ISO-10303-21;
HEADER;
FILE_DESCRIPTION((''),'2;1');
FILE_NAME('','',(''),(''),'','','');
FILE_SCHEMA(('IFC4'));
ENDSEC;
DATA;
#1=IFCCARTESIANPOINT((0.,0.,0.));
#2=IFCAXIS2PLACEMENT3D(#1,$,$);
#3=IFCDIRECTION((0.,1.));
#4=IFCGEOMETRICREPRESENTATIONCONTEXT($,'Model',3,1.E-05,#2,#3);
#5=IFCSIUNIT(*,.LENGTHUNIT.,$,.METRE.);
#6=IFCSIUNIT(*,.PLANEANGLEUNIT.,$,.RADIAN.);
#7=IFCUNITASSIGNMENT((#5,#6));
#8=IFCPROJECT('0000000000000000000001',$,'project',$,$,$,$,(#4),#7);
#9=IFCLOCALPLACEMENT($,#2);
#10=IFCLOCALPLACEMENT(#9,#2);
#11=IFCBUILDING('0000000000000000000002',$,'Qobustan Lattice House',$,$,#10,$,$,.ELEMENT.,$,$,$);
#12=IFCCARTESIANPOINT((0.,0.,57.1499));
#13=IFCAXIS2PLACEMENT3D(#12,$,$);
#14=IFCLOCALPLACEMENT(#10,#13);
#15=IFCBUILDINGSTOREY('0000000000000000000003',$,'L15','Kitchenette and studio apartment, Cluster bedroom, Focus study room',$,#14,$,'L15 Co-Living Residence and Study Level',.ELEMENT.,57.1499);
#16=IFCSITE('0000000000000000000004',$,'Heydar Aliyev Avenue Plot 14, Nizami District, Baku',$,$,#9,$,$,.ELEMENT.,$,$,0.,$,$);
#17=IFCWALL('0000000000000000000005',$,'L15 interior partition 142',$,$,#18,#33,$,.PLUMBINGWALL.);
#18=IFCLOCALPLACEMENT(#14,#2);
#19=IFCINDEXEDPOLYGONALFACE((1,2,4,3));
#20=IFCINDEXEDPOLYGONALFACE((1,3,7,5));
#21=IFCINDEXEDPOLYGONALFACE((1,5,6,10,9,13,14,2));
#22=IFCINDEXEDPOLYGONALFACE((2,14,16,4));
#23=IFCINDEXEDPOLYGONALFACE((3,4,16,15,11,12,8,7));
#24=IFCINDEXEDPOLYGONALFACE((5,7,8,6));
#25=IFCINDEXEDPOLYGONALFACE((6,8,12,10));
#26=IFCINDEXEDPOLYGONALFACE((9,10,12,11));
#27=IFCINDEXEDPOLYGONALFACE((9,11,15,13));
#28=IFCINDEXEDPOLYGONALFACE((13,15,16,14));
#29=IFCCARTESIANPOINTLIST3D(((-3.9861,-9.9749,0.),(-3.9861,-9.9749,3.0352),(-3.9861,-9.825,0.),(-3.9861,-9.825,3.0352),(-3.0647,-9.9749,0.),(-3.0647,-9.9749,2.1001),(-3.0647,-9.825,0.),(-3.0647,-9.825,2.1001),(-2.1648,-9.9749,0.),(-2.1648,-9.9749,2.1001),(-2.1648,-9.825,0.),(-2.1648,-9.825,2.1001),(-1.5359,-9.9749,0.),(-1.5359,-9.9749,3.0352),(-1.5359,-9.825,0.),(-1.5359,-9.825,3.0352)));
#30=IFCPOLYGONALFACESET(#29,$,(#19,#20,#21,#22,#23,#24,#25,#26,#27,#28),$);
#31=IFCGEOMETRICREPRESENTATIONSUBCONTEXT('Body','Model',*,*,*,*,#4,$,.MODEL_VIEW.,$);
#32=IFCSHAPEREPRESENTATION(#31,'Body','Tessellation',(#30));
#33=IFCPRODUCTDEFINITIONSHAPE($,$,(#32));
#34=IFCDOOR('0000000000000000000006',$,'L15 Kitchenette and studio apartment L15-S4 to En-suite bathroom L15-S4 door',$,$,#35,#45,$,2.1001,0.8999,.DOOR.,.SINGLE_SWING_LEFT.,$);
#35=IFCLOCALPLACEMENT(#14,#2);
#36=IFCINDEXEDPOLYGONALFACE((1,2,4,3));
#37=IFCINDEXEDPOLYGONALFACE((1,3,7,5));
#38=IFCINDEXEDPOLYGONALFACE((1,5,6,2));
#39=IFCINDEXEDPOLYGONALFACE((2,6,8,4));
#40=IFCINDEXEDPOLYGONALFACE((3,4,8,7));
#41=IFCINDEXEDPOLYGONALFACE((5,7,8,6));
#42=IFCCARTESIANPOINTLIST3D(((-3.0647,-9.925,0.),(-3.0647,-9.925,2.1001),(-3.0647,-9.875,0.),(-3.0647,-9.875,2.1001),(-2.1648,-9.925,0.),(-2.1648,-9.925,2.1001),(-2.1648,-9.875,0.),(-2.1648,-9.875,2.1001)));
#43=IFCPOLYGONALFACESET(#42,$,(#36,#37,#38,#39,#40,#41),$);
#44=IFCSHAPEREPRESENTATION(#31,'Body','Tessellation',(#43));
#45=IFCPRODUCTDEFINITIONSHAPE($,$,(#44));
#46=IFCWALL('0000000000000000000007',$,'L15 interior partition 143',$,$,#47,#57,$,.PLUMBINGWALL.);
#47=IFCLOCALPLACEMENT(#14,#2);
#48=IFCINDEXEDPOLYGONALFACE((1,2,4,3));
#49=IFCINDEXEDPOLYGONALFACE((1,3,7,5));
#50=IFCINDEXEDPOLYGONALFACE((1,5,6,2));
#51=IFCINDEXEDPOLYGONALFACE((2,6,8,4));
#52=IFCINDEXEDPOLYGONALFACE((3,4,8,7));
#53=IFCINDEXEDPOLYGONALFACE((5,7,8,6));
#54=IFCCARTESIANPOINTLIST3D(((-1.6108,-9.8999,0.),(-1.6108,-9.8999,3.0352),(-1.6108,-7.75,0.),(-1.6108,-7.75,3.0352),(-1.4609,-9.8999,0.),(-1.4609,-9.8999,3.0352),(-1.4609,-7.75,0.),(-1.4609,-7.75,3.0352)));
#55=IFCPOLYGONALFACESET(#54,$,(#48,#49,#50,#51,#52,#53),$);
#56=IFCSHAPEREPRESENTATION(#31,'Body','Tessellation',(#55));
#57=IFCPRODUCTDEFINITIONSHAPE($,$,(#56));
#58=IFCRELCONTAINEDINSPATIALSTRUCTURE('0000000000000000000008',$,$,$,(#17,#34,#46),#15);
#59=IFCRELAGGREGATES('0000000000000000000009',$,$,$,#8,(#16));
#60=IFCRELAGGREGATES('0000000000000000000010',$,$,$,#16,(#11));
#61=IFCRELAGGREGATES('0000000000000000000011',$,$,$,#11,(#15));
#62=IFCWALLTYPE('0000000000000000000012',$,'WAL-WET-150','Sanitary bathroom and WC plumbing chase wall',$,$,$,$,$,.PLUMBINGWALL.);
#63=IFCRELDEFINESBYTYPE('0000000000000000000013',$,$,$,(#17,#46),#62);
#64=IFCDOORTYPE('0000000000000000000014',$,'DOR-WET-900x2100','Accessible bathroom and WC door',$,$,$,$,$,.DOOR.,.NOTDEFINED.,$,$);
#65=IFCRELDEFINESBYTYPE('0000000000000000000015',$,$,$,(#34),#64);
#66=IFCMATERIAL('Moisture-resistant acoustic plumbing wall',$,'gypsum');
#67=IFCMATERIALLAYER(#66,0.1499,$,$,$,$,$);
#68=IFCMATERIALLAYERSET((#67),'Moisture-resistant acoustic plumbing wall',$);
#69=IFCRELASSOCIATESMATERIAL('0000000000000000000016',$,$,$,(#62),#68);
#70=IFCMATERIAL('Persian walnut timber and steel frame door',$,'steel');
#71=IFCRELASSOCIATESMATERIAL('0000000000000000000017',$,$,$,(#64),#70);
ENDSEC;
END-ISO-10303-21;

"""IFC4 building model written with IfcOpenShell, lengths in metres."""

from ifc_helpers import new_model, si_unit, direction, frame, frame_2d, origin, place, context, subcontext, project, spatial, rectangle, extrude, material, layer, layer_set, type_object, element, fill, save


model = new_model("IFC4")

# Units and contexts
model_context = context("Model", 3, precision=1e-05, world=origin(), true_north=direction((0.0, 1.0)))
body_context = subcontext(model_context, "Body", "Model", "MODEL_VIEW")
ifc_project = project(units=[si_unit("LENGTHUNIT", "METRE"), si_unit("PLANEANGLEUNIT", "RADIAN")], contexts=[model_context])

# Site, building, storey
site_placement = place(None, origin())
site = spatial("IfcSite", under=ifc_project, at=site_placement, Name="Heydar Aliyev Avenue Plot 14, Nizami District, Baku", CompositionType="ELEMENT", RefElevation=0.0)
building_placement = place(site_placement, origin())
building = spatial("IfcBuilding", under=site, at=building_placement, Name="Qobustan Lattice House", CompositionType="ELEMENT")
storey_placement = place(building_placement, frame((0.0, 0.0, 57.1499)))
storey = spatial("IfcBuildingStorey", under=building, at=storey_placement, Name="L15", Description="Kitchenette and studio apartment, Cluster bedroom, Focus study room", LongName="L15 Co-Living Residence and Study Level", CompositionType="ELEMENT", Elevation=57.1499)

# Shared definitions
ifc_material_1 = material(Name="Moisture-resistant acoustic plumbing wall", Category="gypsum")
ifc_layer_1 = layer(ifc_material_1, 0.1499)
ifc_layer_set_1 = layer_set([ifc_layer_1], Name="Moisture-resistant acoustic plumbing wall")
wall_type_1 = type_object("IfcWallType", Name="WAL-WET-150", Description="Sanitary bathroom and WC plumbing chase wall", PredefinedType="PLUMBINGWALL", material=ifc_layer_set_1)

# Shared definitions
ifc_material_2 = material(Name="Persian walnut timber and steel frame door", Category="steel")
door_type_1 = type_object("IfcDoorType", Name="DOR-WET-900x2100", Description="Accessible bathroom and WC door", OperationType="NOTDEFINED", PredefinedType="DOOR", material=ifc_material_2)

# Wall, opening, door
wall_1_placement = place(storey_placement, frame((-3.9861, -9.8999, 0.0), z_axis=(0.0, 0.0, 1.0), x_axis=(1.0, 0.0, 0.0)))
wall_1 = element("IfcWall", 1, at=wall_1_placement, inside=storey, type_object=wall_type_1, Name="L15 interior partition 142", PredefinedType="PLUMBINGWALL", context=body_context, shape_type="SweptSolid", body=[
    extrude(rectangle(XDim=2.4502, YDim=0.1499, at=frame_2d((1.2251, 0.0))), origin(), (0.0, 0.0, 1.0), 3.0352),
])
opening_1_placement = place(wall_1_placement, frame((0.9214, 0.0, 0.0)))
opening_1 = element("IfcOpeningElement", 2, at=opening_1_placement, cuts=wall_1, PredefinedType="OPENING", context=body_context, shape_type="SweptSolid", body=[
    extrude(rectangle(XDim=0.8999, YDim=2.1001, at=frame_2d((0.45, 1.05))), frame((0.0, 0.085, 0.0), z_axis=(0.0, -1.0, 0.0), x_axis=(1.0, 0.0, 0.0)), (0.0, 0.0, 1.0), 0.1699),
])
door_1_placement = place(opening_1_placement, origin())
door_1 = element("IfcDoor", 3, at=door_1_placement, inside=storey, type_object=door_type_1, Name="L15 Kitchenette and studio apartment L15-S4 to En-suite bathroom L15-S4 door", OperationType="SINGLE_SWING_LEFT", OverallHeight=2.1001, OverallWidth=0.8999, PredefinedType="DOOR", context=body_context, shape_type="SweptSolid", body=[
    extrude(rectangle(XDim=0.8999, YDim=2.1001, at=frame_2d((0.45, 1.05))), frame((0.0, 0.0249, 0.0), z_axis=(0.0, -1.0, 0.0), x_axis=(1.0, 0.0, 0.0)), (0.0, 0.0, 1.0), 0.05),
])
fill(opening_1, door_1)

# Wall
wall_2_placement = place(storey_placement, frame((-1.5359, -9.8999, 0.0), z_axis=(0.0, 0.0, 1.0), x_axis=(0.0, 1.0, 0.0)))
element("IfcWall", 4, at=wall_2_placement, inside=storey, type_object=wall_type_1, Name="L15 interior partition 143", PredefinedType="PLUMBINGWALL", context=body_context, shape_type="SweptSolid", body=[
    extrude(rectangle(XDim=2.1499, YDim=0.1499, at=frame_2d((1.075, 0.0))), origin(), (0.0, 0.0, 1.0), 3.0352),
])

save(model, "model.ifc")
